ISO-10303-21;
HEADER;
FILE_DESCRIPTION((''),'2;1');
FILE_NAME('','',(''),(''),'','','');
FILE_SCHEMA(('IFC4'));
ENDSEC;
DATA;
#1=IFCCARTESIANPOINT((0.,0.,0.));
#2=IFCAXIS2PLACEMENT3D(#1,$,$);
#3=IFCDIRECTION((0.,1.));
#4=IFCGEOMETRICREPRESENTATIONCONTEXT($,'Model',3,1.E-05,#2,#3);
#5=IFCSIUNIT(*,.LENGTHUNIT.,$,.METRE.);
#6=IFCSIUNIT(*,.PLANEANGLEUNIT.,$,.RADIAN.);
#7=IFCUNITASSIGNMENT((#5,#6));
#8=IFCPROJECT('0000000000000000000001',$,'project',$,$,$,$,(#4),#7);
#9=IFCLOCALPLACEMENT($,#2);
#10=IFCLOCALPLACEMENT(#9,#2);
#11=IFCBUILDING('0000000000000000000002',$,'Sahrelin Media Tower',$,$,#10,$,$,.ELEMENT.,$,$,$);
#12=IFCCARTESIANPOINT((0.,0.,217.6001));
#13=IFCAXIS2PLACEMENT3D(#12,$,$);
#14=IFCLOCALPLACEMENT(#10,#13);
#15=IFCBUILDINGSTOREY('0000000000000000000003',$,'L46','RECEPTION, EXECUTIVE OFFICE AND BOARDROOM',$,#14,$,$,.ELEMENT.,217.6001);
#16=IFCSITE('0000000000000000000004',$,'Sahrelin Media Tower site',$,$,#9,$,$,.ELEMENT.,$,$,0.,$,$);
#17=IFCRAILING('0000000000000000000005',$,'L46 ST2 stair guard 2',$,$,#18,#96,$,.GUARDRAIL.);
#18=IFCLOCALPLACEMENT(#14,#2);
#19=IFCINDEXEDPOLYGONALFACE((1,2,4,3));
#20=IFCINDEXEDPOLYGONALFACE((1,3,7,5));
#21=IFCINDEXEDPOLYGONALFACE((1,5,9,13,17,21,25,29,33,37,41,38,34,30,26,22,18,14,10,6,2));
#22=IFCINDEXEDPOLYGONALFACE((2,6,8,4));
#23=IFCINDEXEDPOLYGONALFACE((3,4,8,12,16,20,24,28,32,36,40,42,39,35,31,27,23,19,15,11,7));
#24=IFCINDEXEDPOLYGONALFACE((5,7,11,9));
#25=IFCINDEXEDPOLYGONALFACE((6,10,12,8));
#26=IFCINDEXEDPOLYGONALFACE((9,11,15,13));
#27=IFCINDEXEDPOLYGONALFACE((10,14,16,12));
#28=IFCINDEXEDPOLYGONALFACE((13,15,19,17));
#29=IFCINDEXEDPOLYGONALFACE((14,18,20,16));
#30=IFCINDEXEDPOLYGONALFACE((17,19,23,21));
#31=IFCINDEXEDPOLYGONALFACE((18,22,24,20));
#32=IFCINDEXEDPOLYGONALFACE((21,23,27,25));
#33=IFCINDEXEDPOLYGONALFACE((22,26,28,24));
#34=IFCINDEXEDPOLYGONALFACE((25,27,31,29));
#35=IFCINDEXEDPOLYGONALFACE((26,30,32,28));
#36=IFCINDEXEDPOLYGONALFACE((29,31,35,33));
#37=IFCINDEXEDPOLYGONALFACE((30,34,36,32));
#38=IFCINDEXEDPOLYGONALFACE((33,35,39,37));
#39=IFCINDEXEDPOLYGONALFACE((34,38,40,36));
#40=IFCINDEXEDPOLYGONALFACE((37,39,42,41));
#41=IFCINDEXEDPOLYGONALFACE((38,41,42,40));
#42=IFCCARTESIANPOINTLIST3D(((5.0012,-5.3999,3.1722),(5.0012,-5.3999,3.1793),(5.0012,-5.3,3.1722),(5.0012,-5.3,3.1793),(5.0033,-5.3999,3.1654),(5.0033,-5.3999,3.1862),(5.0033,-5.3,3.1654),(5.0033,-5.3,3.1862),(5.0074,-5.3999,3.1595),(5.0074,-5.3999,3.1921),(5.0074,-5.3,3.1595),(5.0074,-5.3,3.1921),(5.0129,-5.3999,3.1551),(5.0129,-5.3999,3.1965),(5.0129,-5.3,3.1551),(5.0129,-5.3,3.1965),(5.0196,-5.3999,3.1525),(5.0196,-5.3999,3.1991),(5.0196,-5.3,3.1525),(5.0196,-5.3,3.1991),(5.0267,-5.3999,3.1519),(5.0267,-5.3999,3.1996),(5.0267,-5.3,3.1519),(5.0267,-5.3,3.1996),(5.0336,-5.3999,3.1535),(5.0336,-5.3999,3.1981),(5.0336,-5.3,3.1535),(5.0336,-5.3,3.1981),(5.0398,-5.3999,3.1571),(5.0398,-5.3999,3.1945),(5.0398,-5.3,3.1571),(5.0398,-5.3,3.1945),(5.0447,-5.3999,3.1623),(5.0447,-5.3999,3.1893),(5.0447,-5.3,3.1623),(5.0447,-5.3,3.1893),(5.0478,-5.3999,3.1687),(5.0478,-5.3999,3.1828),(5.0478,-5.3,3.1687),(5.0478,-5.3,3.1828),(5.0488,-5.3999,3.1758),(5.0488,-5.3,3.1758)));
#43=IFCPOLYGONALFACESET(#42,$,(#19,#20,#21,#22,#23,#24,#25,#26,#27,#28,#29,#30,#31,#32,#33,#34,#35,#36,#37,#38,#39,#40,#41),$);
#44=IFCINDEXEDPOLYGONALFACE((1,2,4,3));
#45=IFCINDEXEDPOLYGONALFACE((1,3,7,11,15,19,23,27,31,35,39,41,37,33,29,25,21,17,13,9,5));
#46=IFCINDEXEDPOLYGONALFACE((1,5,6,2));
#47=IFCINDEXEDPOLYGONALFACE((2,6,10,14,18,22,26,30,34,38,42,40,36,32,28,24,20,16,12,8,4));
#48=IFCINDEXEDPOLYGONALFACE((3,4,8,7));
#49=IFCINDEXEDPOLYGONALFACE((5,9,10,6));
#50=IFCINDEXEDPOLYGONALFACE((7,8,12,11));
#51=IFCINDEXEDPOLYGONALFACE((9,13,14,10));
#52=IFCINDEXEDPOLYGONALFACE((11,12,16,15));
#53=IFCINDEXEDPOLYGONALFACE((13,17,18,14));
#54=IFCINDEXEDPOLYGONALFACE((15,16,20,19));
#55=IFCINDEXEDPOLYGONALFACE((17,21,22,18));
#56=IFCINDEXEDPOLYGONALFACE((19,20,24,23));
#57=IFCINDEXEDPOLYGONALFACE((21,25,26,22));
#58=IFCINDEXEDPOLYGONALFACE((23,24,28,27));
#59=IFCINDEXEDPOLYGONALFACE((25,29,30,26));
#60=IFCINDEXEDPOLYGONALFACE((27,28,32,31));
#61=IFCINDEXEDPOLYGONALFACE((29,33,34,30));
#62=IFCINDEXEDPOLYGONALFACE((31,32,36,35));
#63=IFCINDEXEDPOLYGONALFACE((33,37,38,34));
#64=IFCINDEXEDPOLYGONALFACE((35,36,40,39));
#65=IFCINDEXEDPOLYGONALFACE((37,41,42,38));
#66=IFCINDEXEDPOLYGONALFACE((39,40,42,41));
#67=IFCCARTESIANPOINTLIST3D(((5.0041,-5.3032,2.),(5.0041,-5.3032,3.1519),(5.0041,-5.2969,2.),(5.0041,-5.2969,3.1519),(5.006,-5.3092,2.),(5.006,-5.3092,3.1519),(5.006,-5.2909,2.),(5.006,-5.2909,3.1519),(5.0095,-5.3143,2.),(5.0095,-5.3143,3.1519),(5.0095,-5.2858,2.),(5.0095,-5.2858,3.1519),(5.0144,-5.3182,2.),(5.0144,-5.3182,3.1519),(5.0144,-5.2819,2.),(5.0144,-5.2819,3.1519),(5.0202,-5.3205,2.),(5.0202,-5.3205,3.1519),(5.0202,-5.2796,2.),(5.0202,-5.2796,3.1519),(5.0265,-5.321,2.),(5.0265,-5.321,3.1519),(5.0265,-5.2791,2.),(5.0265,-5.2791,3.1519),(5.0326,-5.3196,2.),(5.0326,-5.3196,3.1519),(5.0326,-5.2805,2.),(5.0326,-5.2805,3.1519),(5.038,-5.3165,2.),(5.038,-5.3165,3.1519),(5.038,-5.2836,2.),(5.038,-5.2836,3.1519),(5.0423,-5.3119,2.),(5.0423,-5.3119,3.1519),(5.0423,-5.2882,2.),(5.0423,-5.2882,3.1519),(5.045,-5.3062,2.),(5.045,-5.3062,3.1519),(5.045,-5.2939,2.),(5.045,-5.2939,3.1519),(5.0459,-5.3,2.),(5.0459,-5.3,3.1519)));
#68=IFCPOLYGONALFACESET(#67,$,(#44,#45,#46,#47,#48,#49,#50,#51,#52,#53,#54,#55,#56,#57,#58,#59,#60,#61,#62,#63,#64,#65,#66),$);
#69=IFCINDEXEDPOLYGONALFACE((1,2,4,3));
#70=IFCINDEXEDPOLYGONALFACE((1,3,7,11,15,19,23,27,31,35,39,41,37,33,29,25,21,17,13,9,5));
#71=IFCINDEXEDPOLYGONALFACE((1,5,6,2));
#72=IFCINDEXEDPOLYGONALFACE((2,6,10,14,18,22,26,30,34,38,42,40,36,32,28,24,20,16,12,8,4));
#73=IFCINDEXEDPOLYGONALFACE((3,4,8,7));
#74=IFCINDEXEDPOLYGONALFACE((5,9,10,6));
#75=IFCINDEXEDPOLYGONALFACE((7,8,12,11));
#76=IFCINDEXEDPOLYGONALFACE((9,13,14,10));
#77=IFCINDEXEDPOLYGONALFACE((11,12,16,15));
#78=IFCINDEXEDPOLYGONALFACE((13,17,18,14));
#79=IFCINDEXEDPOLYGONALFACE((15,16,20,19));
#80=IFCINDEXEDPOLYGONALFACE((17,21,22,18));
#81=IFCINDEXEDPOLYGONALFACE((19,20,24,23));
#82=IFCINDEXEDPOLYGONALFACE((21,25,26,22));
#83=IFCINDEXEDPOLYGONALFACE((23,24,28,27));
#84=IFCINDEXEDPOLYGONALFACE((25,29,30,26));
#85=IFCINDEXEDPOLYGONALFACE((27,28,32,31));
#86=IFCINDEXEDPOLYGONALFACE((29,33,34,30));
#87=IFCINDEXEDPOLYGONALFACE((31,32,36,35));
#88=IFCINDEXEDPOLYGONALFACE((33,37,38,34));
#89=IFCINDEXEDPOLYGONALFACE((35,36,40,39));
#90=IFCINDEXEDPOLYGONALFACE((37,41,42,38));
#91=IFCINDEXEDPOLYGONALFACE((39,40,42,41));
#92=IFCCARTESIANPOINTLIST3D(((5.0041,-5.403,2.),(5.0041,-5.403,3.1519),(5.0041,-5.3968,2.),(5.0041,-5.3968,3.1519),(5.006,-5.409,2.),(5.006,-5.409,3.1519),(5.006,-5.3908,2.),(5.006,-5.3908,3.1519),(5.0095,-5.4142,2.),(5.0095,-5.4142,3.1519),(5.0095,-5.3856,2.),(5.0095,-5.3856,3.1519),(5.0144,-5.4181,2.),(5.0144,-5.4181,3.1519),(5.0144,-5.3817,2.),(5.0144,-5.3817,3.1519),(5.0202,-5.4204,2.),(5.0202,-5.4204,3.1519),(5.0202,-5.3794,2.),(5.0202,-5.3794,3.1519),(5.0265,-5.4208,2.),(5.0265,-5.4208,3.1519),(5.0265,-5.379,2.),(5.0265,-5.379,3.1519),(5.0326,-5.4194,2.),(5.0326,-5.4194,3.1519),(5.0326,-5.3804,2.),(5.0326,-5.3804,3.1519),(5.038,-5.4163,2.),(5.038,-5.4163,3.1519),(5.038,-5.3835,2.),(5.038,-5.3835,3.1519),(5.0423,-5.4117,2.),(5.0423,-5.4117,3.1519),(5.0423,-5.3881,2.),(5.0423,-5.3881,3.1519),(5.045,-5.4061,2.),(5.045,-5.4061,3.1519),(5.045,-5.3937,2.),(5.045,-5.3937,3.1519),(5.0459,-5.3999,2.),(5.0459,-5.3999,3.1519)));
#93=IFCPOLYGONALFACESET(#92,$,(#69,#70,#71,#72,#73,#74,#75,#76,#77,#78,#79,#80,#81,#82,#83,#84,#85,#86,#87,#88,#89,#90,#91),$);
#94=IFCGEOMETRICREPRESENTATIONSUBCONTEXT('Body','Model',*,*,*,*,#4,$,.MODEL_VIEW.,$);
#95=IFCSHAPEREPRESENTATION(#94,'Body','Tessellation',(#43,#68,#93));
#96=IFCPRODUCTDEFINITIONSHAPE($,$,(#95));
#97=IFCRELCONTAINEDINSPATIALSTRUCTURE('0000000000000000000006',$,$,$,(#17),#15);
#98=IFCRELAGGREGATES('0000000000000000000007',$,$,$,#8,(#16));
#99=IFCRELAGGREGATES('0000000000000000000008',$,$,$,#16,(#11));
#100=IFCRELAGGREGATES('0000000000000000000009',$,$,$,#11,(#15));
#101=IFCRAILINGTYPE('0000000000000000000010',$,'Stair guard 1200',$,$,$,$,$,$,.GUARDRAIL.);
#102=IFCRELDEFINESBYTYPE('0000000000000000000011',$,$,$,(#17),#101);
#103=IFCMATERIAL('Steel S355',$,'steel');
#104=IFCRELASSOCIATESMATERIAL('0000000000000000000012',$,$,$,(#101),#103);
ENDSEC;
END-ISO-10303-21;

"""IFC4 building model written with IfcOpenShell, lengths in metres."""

from ifc_helpers import new_model, si_unit, direction, frame, origin, origin_2d, place, context, subcontext, project, spatial, circle, extrude, material, type_object, element, save


model = new_model("IFC4")

# Units and contexts
model_context = context("Model", 3, precision=1e-05, world=origin(), true_north=direction((0.0, 1.0)))
body_context = subcontext(model_context, "Body", "Model", "MODEL_VIEW")
ifc_project = project(units=[si_unit("LENGTHUNIT", "METRE"), si_unit("PLANEANGLEUNIT", "RADIAN")], contexts=[model_context])

# Site, building, storey
site_placement = place(None, origin())
site = spatial("IfcSite", under=ifc_project, at=site_placement, Name="Sahrelin Media Tower site", CompositionType="ELEMENT", RefElevation=0.0)
building_placement = place(site_placement, origin())
building = spatial("IfcBuilding", under=site, at=building_placement, Name="Sahrelin Media Tower", CompositionType="ELEMENT")
storey_placement = place(building_placement, frame((0.0, 0.0, 217.6001)))
storey = spatial("IfcBuildingStorey", under=building, at=storey_placement, Name="L46", Description="RECEPTION, EXECUTIVE OFFICE AND BOARDROOM", CompositionType="ELEMENT", Elevation=217.6001)

# Shared definitions
ifc_material_1 = material(Name="Steel S355", Category="steel")

# Railing
railing_type_1 = type_object("IfcRailingType", Name="Stair guard 1200", PredefinedType="GUARDRAIL", material=ifc_material_1)
railing_1_placement = place(storey_placement, frame((5.0249, -5.3, 2.0)))
element("IfcRailing", 1, at=railing_1_placement, inside=storey, type_object=railing_type_1, Name="L46 ST2 stair guard 2", PredefinedType="GUARDRAIL", context=body_context, shape_type="SweptSolid", body=[
    extrude(circle(Radius=0.0239, at=origin_2d()), frame((0.0, 0.0, 1.1758), z_axis=(0.0, -1.0, 0.0), x_axis=(1.0, 0.0, 0.0)), (0.0, 0.0, 1.0), 0.0999),
    extrude(circle(Radius=0.021, at=origin_2d()), origin(), (0.0, 0.0, 1.0), 1.1519),
    extrude(circle(Radius=0.021, at=origin_2d()), frame((0.0, -0.0999, 0.0)), (0.0, 0.0, 1.0), 1.1519),
])

save(model, "model.ifc")
